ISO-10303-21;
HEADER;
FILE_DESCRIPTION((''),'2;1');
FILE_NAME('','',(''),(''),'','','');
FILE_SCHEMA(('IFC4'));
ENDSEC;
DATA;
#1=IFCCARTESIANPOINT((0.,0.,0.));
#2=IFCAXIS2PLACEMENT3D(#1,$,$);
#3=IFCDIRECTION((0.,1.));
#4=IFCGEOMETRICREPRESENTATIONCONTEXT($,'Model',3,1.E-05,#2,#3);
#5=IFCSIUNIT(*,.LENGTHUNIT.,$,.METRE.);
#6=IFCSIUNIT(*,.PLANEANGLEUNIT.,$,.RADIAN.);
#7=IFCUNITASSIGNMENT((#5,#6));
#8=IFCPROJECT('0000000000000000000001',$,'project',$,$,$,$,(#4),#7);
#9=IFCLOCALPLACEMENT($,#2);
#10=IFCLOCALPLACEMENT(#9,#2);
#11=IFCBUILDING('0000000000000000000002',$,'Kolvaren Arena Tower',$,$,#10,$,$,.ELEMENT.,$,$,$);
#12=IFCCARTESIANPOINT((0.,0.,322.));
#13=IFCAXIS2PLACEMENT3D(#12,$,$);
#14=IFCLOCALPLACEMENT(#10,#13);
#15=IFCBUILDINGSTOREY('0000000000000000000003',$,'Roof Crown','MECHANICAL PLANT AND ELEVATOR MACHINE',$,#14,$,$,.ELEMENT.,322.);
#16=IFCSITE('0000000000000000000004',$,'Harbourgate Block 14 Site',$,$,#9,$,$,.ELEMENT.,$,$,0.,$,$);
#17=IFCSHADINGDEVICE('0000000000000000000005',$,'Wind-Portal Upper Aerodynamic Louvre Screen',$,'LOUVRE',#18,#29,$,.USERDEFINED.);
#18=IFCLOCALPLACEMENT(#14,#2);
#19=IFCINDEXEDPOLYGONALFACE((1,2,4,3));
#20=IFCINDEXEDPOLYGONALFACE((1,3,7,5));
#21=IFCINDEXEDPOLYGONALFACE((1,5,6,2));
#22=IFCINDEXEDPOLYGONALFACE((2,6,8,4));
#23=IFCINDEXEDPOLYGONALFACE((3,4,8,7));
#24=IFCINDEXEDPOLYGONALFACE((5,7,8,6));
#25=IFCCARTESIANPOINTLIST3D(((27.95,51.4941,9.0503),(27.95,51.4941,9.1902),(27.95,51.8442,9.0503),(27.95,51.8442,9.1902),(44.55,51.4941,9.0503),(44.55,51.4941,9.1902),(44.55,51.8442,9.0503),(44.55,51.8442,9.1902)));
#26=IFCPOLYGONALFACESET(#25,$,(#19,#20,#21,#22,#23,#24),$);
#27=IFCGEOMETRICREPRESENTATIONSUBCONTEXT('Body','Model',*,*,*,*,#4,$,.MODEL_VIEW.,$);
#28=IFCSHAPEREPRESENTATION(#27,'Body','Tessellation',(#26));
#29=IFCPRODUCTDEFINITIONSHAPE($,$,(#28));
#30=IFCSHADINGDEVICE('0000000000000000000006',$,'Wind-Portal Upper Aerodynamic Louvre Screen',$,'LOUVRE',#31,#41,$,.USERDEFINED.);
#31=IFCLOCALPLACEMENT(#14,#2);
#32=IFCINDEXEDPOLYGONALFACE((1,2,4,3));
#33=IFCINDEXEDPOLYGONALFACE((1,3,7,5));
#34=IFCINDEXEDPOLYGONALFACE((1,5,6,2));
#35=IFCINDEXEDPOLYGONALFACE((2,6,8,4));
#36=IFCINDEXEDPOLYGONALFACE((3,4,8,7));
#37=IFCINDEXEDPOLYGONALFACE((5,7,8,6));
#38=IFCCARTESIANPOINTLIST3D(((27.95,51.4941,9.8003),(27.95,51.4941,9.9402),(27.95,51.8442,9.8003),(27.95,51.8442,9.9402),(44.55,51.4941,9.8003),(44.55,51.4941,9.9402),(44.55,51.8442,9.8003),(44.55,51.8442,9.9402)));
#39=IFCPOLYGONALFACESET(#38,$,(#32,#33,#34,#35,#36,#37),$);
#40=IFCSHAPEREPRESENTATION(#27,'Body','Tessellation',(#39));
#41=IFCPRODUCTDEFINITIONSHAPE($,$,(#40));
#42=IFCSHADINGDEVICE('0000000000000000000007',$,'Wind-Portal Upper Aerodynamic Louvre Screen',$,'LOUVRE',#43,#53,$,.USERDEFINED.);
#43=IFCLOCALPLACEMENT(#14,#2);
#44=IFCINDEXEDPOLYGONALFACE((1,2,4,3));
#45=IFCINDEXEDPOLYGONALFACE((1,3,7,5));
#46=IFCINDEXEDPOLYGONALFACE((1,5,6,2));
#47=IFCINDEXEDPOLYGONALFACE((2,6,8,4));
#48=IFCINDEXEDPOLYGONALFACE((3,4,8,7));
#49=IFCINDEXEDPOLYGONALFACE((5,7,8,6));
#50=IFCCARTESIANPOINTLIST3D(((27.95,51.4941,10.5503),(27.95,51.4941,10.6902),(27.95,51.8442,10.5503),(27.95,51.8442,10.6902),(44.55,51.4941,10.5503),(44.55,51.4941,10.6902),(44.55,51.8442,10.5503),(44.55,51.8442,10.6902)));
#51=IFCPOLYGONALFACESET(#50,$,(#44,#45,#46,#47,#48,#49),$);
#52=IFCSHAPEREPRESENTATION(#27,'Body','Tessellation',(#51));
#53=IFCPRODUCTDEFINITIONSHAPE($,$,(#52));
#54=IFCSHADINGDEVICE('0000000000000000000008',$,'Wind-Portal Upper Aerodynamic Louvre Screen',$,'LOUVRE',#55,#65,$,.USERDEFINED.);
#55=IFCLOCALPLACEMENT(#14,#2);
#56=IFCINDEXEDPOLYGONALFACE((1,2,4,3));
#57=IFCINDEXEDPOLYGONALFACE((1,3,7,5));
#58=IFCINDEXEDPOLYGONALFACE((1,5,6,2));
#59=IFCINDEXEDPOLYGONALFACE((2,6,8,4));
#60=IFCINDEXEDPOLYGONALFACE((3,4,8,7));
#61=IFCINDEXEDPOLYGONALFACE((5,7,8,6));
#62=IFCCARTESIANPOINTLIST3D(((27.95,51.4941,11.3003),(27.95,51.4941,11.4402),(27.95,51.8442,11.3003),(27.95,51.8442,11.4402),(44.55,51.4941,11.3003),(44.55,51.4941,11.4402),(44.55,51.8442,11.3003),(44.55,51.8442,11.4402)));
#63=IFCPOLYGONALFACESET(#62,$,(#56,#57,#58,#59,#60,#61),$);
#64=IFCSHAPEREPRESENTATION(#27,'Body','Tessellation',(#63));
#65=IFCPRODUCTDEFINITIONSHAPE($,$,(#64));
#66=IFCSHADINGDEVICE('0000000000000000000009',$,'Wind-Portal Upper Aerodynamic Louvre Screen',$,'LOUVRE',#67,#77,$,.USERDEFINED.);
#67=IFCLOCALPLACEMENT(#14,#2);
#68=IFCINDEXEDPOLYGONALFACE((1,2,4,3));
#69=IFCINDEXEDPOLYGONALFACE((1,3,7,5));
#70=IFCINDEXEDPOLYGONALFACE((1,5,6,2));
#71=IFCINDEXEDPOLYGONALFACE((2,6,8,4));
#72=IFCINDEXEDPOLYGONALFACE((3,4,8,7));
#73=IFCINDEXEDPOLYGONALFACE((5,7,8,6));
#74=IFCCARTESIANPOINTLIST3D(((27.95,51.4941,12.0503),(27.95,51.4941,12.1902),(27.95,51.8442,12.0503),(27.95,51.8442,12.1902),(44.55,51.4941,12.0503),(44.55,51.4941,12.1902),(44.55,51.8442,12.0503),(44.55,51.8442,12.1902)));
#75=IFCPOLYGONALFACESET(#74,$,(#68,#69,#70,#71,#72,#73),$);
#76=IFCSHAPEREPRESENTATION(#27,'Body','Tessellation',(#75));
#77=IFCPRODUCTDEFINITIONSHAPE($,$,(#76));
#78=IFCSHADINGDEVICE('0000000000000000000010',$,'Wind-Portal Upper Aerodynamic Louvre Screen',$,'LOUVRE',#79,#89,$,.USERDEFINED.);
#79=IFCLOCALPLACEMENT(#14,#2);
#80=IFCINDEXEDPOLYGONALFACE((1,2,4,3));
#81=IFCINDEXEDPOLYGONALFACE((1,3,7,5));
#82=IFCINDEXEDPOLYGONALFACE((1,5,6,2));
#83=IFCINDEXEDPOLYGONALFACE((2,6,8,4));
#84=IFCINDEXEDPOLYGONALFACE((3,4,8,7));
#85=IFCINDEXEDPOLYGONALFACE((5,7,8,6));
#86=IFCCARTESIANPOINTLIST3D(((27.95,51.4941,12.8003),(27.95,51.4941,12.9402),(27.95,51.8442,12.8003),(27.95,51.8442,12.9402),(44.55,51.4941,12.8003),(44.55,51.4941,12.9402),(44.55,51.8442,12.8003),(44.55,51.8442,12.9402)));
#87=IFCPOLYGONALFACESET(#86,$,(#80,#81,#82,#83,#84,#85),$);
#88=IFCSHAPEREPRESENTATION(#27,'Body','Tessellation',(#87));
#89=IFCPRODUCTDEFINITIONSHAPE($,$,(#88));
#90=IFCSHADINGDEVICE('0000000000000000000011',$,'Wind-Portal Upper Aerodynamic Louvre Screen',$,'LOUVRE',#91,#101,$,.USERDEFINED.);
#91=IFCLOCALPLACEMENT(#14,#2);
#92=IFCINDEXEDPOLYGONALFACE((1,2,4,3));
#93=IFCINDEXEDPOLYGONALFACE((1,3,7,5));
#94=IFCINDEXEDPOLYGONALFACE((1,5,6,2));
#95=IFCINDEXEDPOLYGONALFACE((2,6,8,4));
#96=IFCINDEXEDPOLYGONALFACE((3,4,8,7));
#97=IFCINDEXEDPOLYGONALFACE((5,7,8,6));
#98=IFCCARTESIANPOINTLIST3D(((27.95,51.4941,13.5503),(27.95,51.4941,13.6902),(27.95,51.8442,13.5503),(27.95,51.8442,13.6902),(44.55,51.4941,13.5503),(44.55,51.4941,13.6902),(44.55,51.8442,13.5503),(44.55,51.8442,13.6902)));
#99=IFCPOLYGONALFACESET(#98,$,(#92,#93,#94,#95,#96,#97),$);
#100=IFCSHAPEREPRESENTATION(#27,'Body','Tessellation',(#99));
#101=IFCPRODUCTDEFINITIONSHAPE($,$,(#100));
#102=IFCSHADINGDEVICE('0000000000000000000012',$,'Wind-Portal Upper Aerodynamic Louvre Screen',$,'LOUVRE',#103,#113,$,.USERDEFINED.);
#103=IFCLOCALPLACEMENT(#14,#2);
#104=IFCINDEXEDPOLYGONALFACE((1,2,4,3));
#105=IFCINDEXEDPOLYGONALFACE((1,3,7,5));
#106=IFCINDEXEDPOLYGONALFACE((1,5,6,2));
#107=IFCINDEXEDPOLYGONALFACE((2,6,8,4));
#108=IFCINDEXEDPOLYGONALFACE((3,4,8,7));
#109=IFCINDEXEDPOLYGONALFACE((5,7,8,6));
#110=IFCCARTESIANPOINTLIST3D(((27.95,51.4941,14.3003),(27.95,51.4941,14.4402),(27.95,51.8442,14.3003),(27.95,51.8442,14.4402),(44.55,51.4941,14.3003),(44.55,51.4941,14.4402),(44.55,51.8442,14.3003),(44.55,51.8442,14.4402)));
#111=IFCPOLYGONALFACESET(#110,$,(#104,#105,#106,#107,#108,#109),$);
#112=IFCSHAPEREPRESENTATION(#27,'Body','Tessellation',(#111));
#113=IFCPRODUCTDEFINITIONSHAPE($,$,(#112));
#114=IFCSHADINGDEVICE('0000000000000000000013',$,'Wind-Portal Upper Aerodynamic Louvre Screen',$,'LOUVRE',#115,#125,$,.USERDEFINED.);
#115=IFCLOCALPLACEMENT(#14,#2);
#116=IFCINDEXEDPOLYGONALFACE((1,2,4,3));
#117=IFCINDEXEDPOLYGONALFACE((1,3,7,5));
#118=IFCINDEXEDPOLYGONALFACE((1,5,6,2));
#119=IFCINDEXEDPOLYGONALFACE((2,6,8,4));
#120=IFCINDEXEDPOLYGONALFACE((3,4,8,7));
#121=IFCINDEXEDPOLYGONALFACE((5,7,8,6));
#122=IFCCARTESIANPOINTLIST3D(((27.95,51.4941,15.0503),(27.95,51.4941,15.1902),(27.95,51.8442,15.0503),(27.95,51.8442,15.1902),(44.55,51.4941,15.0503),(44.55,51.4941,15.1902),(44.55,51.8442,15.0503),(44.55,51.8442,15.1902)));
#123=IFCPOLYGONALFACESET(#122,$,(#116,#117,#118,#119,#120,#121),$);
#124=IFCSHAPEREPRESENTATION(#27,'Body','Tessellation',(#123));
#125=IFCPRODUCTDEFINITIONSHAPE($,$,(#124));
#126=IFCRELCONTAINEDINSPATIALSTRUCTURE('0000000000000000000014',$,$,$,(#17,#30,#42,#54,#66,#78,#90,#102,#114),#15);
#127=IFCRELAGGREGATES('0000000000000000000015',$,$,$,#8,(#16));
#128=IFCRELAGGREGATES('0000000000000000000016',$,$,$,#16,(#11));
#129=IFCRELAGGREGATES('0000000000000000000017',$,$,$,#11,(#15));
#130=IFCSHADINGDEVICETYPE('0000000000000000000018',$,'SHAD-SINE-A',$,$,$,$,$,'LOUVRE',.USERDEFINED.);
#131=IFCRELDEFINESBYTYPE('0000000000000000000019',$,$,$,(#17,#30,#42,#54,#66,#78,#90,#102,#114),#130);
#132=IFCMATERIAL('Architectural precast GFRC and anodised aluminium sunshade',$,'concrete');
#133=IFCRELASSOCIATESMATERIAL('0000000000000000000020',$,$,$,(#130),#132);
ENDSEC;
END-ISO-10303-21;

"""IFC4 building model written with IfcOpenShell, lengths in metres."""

from ifc_helpers import new_model, si_unit, direction, frame, origin, origin_2d, place, context, subcontext, project, spatial, rectangle, extrude, material, type_object, element, save


model = new_model("IFC4")

# Units and contexts
model_context = context("Model", 3, precision=1e-05, world=origin(), true_north=direction((0.0, 1.0)))
body_context = subcontext(model_context, "Body", "Model", "MODEL_VIEW")
ifc_project = project(units=[si_unit("LENGTHUNIT", "METRE"), si_unit("PLANEANGLEUNIT", "RADIAN")], contexts=[model_context])

# Site, building, storey
site_placement = place(None, origin())
site = spatial("IfcSite", under=ifc_project, at=site_placement, Name="Harbourgate Block 14 Site", CompositionType="ELEMENT", RefElevation=0.0)
building_placement = place(site_placement, origin())
building = spatial("IfcBuilding", under=site, at=building_placement, Name="Kolvaren Arena Tower", CompositionType="ELEMENT")
storey_placement = place(building_placement, frame((0.0, 0.0, 322.0)))
storey = spatial("IfcBuildingStorey", under=building, at=storey_placement, Name="Roof Crown", Description="MECHANICAL PLANT AND ELEVATOR MACHINE", CompositionType="ELEMENT", Elevation=322.0)

# Shading devices
ifc_material_1 = material(Name="Architectural precast GFRC and anodised aluminium sunshade", Category="concrete")
shading_device_type = type_object("IfcShadingDeviceType", Name="SHAD-SINE-A", ElementType="LOUVRE", PredefinedType="USERDEFINED", material=ifc_material_1)
for number, where, z_axis, x_axis, name in (
    (1, (36.25, 51.6692, 9.0503), (0.0, 0.0, 1.0), (1.0, 0.0, 0.0), "Wind-Portal Upper Aerodynamic Louvre Screen"),
    (2, (36.25, 51.6692, 9.8003), (0.0, 0.0, 1.0), (1.0, 0.0, 0.0), "Wind-Portal Upper Aerodynamic Louvre Screen"),
    (3, (36.25, 51.6692, 10.5503), (0.0, 0.0, 1.0), (1.0, 0.0, 0.0), "Wind-Portal Upper Aerodynamic Louvre Screen"),
    (4, (36.25, 51.6692, 11.3003), (0.0, 0.0, 1.0), (1.0, 0.0, 0.0), "Wind-Portal Upper Aerodynamic Louvre Screen"),
    (5, (36.25, 51.6692, 12.0503), (0.0, 0.0, 1.0), (1.0, 0.0, 0.0), "Wind-Portal Upper Aerodynamic Louvre Screen"),
    (6, (36.25, 51.6692, 12.8003), (0.0, 0.0, 1.0), (1.0, 0.0, 0.0), "Wind-Portal Upper Aerodynamic Louvre Screen"),
    (7, (36.25, 51.6692, 13.5503), (0.0, 0.0, 1.0), (1.0, 0.0, 0.0), "Wind-Portal Upper Aerodynamic Louvre Screen"),
    (8, (36.25, 51.6692, 14.3003), (0.0, 0.0, 1.0), (1.0, 0.0, 0.0), "Wind-Portal Upper Aerodynamic Louvre Screen"),
    (9, (36.25, 51.6692, 15.0503), (0.0, 0.0, 1.0), (1.0, 0.0, 0.0), "Wind-Portal Upper Aerodynamic Louvre Screen"),
):
    element("IfcShadingDevice", number, at=place(storey_placement, frame(where, z_axis=z_axis, x_axis=x_axis)), inside=storey, type_object=shading_device_type, Name=name, ObjectType="LOUVRE", PredefinedType="USERDEFINED", context=body_context, shape_type="SweptSolid", body=[
        extrude(rectangle(XDim=16.6001, YDim=0.3501, at=origin_2d()), origin(), (0.0, 0.0, 1.0), 0.1399),
    ])

save(model, "model.ifc")
